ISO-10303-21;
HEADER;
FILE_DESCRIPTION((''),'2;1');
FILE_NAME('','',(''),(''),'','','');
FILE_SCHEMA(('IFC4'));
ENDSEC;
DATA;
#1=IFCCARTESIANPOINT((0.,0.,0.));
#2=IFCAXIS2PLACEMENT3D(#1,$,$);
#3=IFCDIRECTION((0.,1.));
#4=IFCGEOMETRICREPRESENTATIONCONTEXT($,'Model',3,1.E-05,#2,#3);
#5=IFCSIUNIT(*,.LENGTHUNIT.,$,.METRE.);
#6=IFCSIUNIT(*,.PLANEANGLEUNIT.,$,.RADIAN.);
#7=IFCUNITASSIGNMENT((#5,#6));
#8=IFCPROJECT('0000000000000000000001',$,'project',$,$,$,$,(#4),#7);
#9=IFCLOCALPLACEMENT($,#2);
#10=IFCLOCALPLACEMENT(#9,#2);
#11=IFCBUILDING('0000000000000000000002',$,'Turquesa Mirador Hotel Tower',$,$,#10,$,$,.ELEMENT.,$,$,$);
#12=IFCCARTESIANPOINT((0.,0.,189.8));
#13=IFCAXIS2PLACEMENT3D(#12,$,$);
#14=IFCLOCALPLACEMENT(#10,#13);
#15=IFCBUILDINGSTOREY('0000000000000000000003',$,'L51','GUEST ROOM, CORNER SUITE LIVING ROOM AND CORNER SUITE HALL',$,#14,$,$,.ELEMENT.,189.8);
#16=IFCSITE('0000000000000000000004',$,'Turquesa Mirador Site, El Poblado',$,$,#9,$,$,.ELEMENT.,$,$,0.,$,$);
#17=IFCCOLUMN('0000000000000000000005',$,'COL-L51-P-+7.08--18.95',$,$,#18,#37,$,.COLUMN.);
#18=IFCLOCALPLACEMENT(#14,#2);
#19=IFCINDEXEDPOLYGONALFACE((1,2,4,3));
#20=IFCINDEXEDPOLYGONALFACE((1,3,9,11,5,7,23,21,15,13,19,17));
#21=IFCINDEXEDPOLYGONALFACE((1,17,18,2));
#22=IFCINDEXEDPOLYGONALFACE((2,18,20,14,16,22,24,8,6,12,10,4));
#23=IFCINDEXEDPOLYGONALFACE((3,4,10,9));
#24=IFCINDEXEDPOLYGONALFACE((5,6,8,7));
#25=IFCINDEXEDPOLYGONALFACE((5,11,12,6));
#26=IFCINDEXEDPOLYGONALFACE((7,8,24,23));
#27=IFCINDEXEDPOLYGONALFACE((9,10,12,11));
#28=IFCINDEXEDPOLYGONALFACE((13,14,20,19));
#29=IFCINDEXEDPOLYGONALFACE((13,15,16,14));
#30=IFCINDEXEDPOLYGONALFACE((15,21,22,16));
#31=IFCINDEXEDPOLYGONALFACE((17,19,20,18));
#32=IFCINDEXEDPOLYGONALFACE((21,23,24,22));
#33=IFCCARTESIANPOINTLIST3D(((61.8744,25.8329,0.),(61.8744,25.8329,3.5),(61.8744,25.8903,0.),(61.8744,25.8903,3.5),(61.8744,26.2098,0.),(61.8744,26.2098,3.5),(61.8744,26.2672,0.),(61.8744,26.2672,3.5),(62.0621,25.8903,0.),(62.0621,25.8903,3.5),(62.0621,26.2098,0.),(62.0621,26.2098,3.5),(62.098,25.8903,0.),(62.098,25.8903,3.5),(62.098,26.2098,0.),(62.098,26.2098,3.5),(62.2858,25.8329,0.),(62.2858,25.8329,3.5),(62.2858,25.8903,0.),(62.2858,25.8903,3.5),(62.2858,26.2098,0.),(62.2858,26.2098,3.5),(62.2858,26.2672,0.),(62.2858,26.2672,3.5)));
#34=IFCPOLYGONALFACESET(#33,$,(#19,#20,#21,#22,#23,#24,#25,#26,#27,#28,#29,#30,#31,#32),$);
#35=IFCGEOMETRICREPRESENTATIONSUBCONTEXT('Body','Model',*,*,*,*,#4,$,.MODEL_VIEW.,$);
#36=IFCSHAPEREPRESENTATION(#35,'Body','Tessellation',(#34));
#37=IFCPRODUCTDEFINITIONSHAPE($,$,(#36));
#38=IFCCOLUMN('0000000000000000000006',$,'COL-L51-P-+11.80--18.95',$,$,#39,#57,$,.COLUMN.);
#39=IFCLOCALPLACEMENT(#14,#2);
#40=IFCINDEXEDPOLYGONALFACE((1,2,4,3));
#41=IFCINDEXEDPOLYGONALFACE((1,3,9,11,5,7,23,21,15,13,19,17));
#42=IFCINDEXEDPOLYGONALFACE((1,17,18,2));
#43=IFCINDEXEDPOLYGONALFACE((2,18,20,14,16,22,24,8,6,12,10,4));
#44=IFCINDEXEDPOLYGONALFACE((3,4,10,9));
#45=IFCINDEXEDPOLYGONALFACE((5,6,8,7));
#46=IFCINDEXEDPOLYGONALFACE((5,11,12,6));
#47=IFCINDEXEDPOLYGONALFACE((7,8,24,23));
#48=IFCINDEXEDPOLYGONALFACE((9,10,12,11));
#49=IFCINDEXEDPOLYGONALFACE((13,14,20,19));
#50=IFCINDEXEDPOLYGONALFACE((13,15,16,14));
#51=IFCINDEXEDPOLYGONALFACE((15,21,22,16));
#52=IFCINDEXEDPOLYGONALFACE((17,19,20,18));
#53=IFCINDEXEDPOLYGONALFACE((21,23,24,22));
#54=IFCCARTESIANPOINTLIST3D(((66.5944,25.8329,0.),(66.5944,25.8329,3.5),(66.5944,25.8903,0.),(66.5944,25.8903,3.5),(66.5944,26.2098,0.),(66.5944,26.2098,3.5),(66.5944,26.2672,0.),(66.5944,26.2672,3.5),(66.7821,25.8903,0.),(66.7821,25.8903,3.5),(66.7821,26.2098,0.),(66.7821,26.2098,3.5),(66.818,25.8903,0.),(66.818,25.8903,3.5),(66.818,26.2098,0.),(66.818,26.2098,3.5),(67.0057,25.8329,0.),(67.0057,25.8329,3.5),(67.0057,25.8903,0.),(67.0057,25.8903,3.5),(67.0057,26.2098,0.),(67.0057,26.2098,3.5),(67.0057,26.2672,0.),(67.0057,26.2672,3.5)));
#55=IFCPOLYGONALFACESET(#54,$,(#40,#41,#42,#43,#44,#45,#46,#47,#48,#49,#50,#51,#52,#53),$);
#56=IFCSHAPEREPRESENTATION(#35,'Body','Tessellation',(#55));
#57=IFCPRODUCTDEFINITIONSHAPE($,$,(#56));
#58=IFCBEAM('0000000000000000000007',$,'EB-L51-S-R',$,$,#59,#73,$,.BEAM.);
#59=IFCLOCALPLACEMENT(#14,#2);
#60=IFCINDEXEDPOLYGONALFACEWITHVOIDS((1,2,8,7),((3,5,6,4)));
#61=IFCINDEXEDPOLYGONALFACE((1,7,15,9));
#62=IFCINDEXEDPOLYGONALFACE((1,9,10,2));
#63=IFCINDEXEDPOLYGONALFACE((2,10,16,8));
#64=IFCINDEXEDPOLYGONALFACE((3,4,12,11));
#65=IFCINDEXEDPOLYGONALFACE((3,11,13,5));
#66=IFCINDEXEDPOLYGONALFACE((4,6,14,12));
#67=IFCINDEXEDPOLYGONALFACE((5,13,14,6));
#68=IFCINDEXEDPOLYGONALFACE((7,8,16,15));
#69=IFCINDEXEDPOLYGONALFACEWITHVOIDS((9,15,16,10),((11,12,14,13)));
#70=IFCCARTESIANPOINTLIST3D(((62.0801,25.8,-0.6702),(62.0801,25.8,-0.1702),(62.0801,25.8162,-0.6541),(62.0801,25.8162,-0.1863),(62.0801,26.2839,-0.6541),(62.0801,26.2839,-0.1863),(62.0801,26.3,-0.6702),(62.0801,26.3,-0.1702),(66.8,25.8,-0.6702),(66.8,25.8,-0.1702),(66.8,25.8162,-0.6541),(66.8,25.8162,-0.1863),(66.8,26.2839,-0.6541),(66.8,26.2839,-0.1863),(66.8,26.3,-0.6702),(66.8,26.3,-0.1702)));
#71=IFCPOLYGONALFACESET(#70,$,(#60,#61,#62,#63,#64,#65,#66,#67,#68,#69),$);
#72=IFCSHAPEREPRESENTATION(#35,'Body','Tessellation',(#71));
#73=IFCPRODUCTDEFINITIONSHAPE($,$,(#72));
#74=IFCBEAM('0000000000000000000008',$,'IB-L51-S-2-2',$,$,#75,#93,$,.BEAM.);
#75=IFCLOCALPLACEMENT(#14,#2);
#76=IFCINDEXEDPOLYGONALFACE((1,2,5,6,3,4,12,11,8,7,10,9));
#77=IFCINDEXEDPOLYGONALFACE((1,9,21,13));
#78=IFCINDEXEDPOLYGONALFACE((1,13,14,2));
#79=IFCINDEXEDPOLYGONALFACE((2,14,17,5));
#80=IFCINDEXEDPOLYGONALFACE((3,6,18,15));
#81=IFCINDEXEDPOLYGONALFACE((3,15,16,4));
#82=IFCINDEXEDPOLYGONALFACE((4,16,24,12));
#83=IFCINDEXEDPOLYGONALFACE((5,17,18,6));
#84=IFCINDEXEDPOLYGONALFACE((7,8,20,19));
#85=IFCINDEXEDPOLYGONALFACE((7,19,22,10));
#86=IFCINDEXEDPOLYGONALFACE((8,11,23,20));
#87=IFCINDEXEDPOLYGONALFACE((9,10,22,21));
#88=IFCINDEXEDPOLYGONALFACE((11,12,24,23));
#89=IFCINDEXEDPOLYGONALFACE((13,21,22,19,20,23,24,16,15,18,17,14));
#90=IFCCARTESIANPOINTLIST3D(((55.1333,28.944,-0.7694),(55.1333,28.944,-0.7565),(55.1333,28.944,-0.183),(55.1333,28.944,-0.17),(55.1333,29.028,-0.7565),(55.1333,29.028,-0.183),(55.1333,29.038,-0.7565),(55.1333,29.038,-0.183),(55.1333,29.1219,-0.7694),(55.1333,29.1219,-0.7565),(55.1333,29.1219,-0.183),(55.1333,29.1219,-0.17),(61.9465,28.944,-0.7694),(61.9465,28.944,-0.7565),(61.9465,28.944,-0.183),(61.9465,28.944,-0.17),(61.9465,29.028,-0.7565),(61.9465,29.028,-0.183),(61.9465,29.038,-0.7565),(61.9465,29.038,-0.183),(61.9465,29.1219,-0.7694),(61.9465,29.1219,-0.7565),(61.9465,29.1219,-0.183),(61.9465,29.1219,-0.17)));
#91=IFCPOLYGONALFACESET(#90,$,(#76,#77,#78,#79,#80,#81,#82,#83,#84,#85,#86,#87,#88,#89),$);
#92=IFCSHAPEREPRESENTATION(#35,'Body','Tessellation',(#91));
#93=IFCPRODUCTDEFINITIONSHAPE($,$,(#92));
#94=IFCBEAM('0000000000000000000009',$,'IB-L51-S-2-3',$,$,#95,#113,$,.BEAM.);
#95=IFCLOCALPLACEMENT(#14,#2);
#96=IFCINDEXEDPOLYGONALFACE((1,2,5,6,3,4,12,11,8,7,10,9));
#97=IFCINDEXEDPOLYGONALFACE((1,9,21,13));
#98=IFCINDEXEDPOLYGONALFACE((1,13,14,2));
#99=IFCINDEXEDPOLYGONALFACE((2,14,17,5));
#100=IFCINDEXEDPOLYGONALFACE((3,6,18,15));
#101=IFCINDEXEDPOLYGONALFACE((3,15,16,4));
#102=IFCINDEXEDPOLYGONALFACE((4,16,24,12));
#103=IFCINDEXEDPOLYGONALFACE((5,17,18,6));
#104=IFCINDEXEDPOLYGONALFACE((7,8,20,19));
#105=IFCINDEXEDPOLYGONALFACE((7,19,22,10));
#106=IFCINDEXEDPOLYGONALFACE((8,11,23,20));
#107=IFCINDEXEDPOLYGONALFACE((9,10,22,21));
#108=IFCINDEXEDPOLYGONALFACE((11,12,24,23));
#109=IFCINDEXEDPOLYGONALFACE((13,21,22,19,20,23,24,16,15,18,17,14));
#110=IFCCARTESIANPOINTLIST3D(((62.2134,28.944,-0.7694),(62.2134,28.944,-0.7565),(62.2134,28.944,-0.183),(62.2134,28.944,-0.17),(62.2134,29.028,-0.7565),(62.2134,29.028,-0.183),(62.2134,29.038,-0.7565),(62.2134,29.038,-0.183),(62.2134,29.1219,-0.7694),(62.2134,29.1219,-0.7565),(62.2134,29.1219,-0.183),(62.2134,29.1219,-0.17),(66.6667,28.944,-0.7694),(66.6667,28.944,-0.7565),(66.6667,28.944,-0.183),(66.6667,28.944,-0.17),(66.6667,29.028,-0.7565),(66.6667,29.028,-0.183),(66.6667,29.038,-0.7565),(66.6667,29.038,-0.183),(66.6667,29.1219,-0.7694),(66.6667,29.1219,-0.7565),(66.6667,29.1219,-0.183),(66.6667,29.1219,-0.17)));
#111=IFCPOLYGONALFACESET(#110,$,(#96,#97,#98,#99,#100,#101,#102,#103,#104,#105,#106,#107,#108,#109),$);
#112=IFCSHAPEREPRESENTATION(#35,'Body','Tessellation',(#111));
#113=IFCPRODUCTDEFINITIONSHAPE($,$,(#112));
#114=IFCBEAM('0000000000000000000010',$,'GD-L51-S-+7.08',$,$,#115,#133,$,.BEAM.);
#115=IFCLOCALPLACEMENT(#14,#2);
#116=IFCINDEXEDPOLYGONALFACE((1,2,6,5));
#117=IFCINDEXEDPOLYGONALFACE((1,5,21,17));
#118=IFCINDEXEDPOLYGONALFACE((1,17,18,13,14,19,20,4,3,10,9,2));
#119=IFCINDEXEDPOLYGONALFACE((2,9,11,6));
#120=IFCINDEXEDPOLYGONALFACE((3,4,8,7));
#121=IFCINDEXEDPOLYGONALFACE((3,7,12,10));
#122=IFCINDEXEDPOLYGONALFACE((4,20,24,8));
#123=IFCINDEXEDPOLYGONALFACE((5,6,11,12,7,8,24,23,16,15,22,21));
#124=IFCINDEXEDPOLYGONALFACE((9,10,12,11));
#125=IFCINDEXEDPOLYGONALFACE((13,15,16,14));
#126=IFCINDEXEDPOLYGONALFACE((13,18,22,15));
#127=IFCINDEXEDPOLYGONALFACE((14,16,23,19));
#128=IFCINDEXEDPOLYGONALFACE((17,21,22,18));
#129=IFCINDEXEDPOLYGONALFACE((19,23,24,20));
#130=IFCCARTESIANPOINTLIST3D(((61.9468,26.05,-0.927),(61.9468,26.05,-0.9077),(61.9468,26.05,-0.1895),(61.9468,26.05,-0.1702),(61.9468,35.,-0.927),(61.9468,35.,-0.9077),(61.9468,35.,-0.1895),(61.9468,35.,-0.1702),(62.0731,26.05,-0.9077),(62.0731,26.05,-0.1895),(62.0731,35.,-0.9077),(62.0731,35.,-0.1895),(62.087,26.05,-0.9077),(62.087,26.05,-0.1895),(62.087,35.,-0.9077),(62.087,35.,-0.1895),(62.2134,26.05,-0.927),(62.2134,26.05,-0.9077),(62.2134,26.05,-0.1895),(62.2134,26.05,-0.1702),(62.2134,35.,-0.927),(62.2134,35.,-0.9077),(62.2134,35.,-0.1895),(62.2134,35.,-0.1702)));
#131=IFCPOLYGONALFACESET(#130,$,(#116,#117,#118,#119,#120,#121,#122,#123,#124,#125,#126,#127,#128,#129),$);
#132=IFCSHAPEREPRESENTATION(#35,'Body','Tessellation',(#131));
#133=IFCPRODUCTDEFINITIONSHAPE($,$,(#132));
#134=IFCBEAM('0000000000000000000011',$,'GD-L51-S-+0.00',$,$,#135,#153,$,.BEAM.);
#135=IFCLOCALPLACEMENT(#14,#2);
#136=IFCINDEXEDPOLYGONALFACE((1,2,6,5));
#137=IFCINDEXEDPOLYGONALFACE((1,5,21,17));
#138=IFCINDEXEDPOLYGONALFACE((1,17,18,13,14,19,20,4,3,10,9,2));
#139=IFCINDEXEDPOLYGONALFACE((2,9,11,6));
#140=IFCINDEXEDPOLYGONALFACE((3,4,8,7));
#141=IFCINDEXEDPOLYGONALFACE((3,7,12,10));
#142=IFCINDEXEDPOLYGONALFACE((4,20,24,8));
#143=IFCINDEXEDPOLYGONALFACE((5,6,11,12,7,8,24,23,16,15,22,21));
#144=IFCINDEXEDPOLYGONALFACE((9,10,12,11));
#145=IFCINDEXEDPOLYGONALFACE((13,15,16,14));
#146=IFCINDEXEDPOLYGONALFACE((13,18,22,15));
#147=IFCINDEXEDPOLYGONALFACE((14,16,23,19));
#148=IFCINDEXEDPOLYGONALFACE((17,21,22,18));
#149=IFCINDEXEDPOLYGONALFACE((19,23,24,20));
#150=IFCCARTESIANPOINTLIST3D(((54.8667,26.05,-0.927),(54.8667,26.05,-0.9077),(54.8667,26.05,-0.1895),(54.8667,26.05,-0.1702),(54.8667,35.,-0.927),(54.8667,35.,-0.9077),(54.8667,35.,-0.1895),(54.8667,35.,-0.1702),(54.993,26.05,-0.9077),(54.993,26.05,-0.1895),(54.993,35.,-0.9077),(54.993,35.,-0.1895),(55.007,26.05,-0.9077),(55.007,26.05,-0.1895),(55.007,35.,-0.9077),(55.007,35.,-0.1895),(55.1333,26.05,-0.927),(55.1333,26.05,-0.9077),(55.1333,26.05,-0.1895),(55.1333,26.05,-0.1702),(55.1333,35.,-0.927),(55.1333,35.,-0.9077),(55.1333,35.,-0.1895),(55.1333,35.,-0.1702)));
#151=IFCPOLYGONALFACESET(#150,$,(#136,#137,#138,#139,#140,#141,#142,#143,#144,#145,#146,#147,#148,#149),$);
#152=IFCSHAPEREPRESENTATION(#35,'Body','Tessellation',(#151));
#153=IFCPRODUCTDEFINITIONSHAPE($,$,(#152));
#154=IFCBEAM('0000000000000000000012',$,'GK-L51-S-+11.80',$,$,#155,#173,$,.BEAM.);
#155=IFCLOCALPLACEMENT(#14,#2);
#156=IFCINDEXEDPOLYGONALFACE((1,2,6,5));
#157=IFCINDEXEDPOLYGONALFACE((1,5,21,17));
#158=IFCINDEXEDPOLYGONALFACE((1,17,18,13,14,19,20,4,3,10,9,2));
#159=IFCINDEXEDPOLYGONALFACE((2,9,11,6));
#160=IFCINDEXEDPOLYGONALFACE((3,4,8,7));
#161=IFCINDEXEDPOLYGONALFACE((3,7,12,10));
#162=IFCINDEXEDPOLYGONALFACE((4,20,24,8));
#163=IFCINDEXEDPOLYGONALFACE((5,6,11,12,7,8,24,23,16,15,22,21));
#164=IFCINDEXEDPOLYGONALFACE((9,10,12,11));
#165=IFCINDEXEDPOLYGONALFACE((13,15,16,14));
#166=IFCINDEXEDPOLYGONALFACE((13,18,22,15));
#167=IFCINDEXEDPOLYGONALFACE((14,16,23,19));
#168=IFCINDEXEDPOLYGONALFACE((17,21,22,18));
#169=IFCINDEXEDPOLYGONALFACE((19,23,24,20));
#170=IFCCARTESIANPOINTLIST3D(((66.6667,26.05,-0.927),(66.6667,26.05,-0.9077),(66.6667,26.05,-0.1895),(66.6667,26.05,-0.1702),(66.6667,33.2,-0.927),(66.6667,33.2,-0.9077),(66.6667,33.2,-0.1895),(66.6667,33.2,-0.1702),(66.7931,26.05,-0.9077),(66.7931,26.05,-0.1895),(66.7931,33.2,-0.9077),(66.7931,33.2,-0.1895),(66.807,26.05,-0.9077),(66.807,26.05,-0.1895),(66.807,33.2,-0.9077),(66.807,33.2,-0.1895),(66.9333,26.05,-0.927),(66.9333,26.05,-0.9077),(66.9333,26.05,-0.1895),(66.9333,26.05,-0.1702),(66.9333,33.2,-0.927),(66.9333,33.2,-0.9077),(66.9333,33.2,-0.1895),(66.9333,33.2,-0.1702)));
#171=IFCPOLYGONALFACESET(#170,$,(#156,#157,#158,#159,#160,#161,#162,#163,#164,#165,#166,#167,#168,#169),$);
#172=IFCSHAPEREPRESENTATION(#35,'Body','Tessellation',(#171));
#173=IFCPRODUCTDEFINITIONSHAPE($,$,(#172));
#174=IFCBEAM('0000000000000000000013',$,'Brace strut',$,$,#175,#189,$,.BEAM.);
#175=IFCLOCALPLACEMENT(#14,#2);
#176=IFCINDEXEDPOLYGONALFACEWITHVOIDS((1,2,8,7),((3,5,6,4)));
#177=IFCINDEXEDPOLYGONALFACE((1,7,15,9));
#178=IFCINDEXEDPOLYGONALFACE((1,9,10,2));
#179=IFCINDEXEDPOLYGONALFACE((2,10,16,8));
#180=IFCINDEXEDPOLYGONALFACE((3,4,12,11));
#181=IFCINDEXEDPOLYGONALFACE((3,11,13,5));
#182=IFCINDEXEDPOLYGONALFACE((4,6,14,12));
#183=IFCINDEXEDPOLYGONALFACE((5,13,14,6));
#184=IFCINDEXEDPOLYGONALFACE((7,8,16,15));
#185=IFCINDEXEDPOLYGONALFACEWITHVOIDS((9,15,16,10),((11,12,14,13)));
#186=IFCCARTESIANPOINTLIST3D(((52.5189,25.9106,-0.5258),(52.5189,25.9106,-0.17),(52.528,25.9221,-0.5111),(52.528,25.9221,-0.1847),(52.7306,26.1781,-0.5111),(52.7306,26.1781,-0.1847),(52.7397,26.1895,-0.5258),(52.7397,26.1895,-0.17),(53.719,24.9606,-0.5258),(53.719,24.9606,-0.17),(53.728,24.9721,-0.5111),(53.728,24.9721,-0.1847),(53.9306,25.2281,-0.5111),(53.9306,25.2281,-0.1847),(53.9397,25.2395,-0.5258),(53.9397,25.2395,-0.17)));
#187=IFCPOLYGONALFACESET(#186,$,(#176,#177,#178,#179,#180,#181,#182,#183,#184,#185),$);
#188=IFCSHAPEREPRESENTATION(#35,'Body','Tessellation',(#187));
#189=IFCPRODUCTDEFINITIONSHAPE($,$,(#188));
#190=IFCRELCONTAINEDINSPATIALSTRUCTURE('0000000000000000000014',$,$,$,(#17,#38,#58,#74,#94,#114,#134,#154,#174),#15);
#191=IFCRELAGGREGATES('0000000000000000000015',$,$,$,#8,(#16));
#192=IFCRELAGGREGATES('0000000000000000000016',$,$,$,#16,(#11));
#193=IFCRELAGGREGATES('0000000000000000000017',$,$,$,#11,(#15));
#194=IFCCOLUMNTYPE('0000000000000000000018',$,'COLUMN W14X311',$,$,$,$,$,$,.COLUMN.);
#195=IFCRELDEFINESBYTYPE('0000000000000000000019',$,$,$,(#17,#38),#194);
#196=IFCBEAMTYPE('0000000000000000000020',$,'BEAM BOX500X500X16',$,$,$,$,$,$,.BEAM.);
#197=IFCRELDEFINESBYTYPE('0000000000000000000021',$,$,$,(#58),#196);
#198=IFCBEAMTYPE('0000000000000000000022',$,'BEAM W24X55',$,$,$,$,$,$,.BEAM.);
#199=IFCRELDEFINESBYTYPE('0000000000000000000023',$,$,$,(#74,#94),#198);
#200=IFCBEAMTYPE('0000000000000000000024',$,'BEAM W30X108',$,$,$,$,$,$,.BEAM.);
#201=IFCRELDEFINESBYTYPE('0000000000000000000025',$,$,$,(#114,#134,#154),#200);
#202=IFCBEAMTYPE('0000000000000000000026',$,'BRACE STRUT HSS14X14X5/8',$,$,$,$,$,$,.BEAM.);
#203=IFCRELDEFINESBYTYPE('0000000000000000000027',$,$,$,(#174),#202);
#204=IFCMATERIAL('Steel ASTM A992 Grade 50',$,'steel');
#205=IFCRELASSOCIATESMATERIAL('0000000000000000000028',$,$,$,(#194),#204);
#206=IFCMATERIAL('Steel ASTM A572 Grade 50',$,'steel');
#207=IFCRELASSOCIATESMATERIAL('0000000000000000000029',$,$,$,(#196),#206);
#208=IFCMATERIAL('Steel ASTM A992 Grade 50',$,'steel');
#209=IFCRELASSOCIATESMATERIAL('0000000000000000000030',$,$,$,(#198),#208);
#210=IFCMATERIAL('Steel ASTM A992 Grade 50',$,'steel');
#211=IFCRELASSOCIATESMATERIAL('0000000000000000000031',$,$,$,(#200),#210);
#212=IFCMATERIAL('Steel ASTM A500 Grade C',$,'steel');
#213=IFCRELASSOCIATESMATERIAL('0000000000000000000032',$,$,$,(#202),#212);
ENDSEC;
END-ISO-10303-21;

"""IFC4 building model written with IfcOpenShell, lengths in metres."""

from ifc_helpers import new_model, si_unit, direction, frame, origin, origin_2d, place, context, subcontext, project, spatial, hollow_rectangle, i_section, extrude, material, material_profile, profile_set, type_object, element, save


model = new_model("IFC4")

# Units and contexts
model_context = context("Model", 3, precision=1e-05, world=origin(), true_north=direction((0.0, 1.0)))
body_context = subcontext(model_context, "Body", "Model", "MODEL_VIEW")
ifc_project = project(units=[si_unit("LENGTHUNIT", "METRE"), si_unit("PLANEANGLEUNIT", "RADIAN")], contexts=[model_context])

# Site, building, storey
site_placement = place(None, origin())
site = spatial("IfcSite", under=ifc_project, at=site_placement, Name="Turquesa Mirador Site, El Poblado", CompositionType="ELEMENT", RefElevation=0.0)
building_placement = place(site_placement, origin())
building = spatial("IfcBuilding", under=site, at=building_placement, Name="Turquesa Mirador Hotel Tower", CompositionType="ELEMENT")
storey_placement = place(building_placement, frame((0.0, 0.0, 189.8)))
storey = spatial("IfcBuildingStorey", under=building, at=storey_placement, Name="L51", Description="GUEST ROOM, CORNER SUITE LIVING ROOM AND CORNER SUITE HALL", CompositionType="ELEMENT", Elevation=189.8)

# Columns
ifc_material_1 = material(Name="Steel ASTM A992 Grade 50", Category="steel")
ifc_material_profile_1 = material_profile(ifc_material_1, i_section(OverallWidth=0.4114, OverallDepth=0.4343, WebThickness=0.0359, FlangeThickness=0.0574, at=origin_2d()), Name="W14X311")
ifc_profile_set_1 = profile_set([ifc_material_profile_1], Name="Steel ASTM A992 Grade 50")
column_type = type_object("IfcColumnType", Name="COLUMN W14X311", PredefinedType="COLUMN", material=ifc_profile_set_1)
for number, where, z_axis, x_axis, name in (
    (1, (62.0801, 26.05, 0.0), (0.0, 0.0, 1.0), (1.0, 0.0, 0.0), "COL-L51-P-+7.08--18.95"),
    (2, (66.8, 26.05, 0.0), (0.0, 0.0, 1.0), (1.0, 0.0, 0.0), "COL-L51-P-+11.80--18.95"),
):
    element("IfcColumn", number, at=place(storey_placement, frame(where, z_axis=z_axis, x_axis=x_axis)), inside=storey, type_object=column_type, Name=name, PredefinedType="COLUMN", context=body_context, shape_type="SweptSolid", body=[
        extrude(i_section(OverallWidth=0.4114, OverallDepth=0.4343, WebThickness=0.0359, FlangeThickness=0.0574, at=origin_2d()), origin(), (0.0, 0.0, 1.0), 3.5),
    ])

# Beams
ifc_material_2 = material(Name="Steel ASTM A572 Grade 50", Category="steel")
ifc_material_profile_2 = material_profile(ifc_material_2, hollow_rectangle(XDim=0.5, YDim=0.5, WallThickness=0.0161, at=origin_2d()), Name="BOX500X500X16")
ifc_profile_set_2 = profile_set([ifc_material_profile_2], Name="Steel ASTM A572 Grade 50")
beam_type_1 = type_object("IfcBeamType", Name="BEAM BOX500X500X16", PredefinedType="BEAM", material=ifc_profile_set_2)
beam_1_placement = place(storey_placement, frame((62.0801, 26.05, -0.4202), z_axis=(1.0, 0.0, 0.0), x_axis=(0.0, 1.0, 0.0)))
element("IfcBeam", 3, at=beam_1_placement, inside=storey, type_object=beam_type_1, Name="EB-L51-S-R", PredefinedType="BEAM", context=body_context, shape_type="SweptSolid", body=[
    extrude(hollow_rectangle(XDim=0.5, YDim=0.5, WallThickness=0.0161, at=origin_2d()), origin(), (0.0, 0.0, 1.0), 4.72),
])
ifc_material_3 = material(Name="Steel ASTM A992 Grade 50", Category="steel")
ifc_material_profile_3 = material_profile(ifc_material_3, i_section(OverallWidth=0.178, OverallDepth=0.5994, WebThickness=0.01, FlangeThickness=0.0129, at=origin_2d()), Name="W24X55")
ifc_profile_set_3 = profile_set([ifc_material_profile_3], Name="Steel ASTM A992 Grade 50")
beam_type_2 = type_object("IfcBeamType", Name="BEAM W24X55", PredefinedType="BEAM", material=ifc_profile_set_3)
beam_2_placement = place(storey_placement, frame((55.1333, 29.033, -0.4697), z_axis=(1.0, 0.0, 0.0), x_axis=(0.0, 1.0, 0.0)))
element("IfcBeam", 4, at=beam_2_placement, inside=storey, type_object=beam_type_2, Name="IB-L51-S-2-2", PredefinedType="BEAM", context=body_context, shape_type="SweptSolid", body=[
    extrude(i_section(OverallWidth=0.178, OverallDepth=0.5994, WebThickness=0.01, FlangeThickness=0.0129, at=origin_2d()), origin(), (0.0, 0.0, 1.0), 6.8132),
])
beam_3_placement = place(storey_placement, frame((62.2134, 29.033, -0.4697), z_axis=(1.0, 0.0, 0.0), x_axis=(0.0, 1.0, 0.0)))
element("IfcBeam", 5, at=beam_3_placement, inside=storey, type_object=beam_type_2, Name="IB-L51-S-2-3", PredefinedType="BEAM", context=body_context, shape_type="SweptSolid", body=[
    extrude(i_section(OverallWidth=0.178, OverallDepth=0.5994, WebThickness=0.01, FlangeThickness=0.0129, at=origin_2d()), origin(), (0.0, 0.0, 1.0), 4.4534),
])
ifc_material_4 = material(Name="Steel ASTM A992 Grade 50", Category="steel")
ifc_material_profile_4 = material_profile(ifc_material_4, i_section(OverallWidth=0.2666, OverallDepth=0.7568, WebThickness=0.0139, FlangeThickness=0.0193, at=origin_2d()), Name="W30X108")
ifc_profile_set_4 = profile_set([ifc_material_profile_4], Name="Steel ASTM A992 Grade 50")
beam_type_3 = type_object("IfcBeamType", Name="BEAM W30X108", PredefinedType="BEAM", material=ifc_profile_set_4)
for number, where, z_axis, x_axis, name in (
    (6, (62.0801, 26.05, -0.5486), (0.0, 1.0, 0.0), (-1.0, 0.0, 0.0), "GD-L51-S-+7.08"),
    (7, (55.0, 26.05, -0.5486), (0.0, 1.0, 0.0), (-1.0, 0.0, 0.0), "GD-L51-S-+0.00"),
):
    element("IfcBeam", number, at=place(storey_placement, frame(where, z_axis=z_axis, x_axis=x_axis)), inside=storey, type_object=beam_type_3, Name=name, PredefinedType="BEAM", context=body_context, shape_type="SweptSolid", body=[
        extrude(i_section(OverallWidth=0.2666, OverallDepth=0.7568, WebThickness=0.0139, FlangeThickness=0.0193, at=origin_2d()), origin(), (0.0, 0.0, 1.0), 8.95),
    ])
beam_4_placement = place(storey_placement, frame((66.8, 26.05, -0.5486), z_axis=(0.0, 1.0, 0.0), x_axis=(-1.0, 0.0, 0.0)))
element("IfcBeam", 8, at=beam_4_placement, inside=storey, type_object=beam_type_3, Name="GK-L51-S-+11.80", PredefinedType="BEAM", context=body_context, shape_type="SweptSolid", body=[
    extrude(i_section(OverallWidth=0.2666, OverallDepth=0.7568, WebThickness=0.0139, FlangeThickness=0.0193, at=origin_2d()), origin(), (0.0, 0.0, 1.0), 7.1499),
])
ifc_material_5 = material(Name="Steel ASTM A500 Grade C", Category="steel")
ifc_material_profile_5 = material_profile(ifc_material_5, hollow_rectangle(XDim=0.3557, YDim=0.3557, WallThickness=0.0146, at=origin_2d()), Name="HSS14X14X5/8")
ifc_profile_set_5 = profile_set([ifc_material_profile_5], Name="Steel ASTM A500 Grade C")
beam_type_4 = type_object("IfcBeamType", Name="BRACE STRUT HSS14X14X5/8", PredefinedType="BEAM", material=ifc_profile_set_5)
for number, where, z_axis, x_axis, name in (
    (9, (53.8293, 25.1001, -0.3479), (-0.784049, 0.620699, 0.0), (-0.620699, -0.784049, 0.0), "Brace strut"),
):
    element("IfcBeam", number, at=place(storey_placement, frame(where, z_axis=z_axis, x_axis=x_axis)), inside=storey, type_object=beam_type_4, Name=name, PredefinedType="BEAM", context=body_context, shape_type="SweptSolid", body=[
        extrude(hollow_rectangle(XDim=0.3557, YDim=0.3557, WallThickness=0.0146, at=origin_2d()), origin(), (0.0, 0.0, 1.0), 1.5305),
    ])

save(model, "model.ifc")
